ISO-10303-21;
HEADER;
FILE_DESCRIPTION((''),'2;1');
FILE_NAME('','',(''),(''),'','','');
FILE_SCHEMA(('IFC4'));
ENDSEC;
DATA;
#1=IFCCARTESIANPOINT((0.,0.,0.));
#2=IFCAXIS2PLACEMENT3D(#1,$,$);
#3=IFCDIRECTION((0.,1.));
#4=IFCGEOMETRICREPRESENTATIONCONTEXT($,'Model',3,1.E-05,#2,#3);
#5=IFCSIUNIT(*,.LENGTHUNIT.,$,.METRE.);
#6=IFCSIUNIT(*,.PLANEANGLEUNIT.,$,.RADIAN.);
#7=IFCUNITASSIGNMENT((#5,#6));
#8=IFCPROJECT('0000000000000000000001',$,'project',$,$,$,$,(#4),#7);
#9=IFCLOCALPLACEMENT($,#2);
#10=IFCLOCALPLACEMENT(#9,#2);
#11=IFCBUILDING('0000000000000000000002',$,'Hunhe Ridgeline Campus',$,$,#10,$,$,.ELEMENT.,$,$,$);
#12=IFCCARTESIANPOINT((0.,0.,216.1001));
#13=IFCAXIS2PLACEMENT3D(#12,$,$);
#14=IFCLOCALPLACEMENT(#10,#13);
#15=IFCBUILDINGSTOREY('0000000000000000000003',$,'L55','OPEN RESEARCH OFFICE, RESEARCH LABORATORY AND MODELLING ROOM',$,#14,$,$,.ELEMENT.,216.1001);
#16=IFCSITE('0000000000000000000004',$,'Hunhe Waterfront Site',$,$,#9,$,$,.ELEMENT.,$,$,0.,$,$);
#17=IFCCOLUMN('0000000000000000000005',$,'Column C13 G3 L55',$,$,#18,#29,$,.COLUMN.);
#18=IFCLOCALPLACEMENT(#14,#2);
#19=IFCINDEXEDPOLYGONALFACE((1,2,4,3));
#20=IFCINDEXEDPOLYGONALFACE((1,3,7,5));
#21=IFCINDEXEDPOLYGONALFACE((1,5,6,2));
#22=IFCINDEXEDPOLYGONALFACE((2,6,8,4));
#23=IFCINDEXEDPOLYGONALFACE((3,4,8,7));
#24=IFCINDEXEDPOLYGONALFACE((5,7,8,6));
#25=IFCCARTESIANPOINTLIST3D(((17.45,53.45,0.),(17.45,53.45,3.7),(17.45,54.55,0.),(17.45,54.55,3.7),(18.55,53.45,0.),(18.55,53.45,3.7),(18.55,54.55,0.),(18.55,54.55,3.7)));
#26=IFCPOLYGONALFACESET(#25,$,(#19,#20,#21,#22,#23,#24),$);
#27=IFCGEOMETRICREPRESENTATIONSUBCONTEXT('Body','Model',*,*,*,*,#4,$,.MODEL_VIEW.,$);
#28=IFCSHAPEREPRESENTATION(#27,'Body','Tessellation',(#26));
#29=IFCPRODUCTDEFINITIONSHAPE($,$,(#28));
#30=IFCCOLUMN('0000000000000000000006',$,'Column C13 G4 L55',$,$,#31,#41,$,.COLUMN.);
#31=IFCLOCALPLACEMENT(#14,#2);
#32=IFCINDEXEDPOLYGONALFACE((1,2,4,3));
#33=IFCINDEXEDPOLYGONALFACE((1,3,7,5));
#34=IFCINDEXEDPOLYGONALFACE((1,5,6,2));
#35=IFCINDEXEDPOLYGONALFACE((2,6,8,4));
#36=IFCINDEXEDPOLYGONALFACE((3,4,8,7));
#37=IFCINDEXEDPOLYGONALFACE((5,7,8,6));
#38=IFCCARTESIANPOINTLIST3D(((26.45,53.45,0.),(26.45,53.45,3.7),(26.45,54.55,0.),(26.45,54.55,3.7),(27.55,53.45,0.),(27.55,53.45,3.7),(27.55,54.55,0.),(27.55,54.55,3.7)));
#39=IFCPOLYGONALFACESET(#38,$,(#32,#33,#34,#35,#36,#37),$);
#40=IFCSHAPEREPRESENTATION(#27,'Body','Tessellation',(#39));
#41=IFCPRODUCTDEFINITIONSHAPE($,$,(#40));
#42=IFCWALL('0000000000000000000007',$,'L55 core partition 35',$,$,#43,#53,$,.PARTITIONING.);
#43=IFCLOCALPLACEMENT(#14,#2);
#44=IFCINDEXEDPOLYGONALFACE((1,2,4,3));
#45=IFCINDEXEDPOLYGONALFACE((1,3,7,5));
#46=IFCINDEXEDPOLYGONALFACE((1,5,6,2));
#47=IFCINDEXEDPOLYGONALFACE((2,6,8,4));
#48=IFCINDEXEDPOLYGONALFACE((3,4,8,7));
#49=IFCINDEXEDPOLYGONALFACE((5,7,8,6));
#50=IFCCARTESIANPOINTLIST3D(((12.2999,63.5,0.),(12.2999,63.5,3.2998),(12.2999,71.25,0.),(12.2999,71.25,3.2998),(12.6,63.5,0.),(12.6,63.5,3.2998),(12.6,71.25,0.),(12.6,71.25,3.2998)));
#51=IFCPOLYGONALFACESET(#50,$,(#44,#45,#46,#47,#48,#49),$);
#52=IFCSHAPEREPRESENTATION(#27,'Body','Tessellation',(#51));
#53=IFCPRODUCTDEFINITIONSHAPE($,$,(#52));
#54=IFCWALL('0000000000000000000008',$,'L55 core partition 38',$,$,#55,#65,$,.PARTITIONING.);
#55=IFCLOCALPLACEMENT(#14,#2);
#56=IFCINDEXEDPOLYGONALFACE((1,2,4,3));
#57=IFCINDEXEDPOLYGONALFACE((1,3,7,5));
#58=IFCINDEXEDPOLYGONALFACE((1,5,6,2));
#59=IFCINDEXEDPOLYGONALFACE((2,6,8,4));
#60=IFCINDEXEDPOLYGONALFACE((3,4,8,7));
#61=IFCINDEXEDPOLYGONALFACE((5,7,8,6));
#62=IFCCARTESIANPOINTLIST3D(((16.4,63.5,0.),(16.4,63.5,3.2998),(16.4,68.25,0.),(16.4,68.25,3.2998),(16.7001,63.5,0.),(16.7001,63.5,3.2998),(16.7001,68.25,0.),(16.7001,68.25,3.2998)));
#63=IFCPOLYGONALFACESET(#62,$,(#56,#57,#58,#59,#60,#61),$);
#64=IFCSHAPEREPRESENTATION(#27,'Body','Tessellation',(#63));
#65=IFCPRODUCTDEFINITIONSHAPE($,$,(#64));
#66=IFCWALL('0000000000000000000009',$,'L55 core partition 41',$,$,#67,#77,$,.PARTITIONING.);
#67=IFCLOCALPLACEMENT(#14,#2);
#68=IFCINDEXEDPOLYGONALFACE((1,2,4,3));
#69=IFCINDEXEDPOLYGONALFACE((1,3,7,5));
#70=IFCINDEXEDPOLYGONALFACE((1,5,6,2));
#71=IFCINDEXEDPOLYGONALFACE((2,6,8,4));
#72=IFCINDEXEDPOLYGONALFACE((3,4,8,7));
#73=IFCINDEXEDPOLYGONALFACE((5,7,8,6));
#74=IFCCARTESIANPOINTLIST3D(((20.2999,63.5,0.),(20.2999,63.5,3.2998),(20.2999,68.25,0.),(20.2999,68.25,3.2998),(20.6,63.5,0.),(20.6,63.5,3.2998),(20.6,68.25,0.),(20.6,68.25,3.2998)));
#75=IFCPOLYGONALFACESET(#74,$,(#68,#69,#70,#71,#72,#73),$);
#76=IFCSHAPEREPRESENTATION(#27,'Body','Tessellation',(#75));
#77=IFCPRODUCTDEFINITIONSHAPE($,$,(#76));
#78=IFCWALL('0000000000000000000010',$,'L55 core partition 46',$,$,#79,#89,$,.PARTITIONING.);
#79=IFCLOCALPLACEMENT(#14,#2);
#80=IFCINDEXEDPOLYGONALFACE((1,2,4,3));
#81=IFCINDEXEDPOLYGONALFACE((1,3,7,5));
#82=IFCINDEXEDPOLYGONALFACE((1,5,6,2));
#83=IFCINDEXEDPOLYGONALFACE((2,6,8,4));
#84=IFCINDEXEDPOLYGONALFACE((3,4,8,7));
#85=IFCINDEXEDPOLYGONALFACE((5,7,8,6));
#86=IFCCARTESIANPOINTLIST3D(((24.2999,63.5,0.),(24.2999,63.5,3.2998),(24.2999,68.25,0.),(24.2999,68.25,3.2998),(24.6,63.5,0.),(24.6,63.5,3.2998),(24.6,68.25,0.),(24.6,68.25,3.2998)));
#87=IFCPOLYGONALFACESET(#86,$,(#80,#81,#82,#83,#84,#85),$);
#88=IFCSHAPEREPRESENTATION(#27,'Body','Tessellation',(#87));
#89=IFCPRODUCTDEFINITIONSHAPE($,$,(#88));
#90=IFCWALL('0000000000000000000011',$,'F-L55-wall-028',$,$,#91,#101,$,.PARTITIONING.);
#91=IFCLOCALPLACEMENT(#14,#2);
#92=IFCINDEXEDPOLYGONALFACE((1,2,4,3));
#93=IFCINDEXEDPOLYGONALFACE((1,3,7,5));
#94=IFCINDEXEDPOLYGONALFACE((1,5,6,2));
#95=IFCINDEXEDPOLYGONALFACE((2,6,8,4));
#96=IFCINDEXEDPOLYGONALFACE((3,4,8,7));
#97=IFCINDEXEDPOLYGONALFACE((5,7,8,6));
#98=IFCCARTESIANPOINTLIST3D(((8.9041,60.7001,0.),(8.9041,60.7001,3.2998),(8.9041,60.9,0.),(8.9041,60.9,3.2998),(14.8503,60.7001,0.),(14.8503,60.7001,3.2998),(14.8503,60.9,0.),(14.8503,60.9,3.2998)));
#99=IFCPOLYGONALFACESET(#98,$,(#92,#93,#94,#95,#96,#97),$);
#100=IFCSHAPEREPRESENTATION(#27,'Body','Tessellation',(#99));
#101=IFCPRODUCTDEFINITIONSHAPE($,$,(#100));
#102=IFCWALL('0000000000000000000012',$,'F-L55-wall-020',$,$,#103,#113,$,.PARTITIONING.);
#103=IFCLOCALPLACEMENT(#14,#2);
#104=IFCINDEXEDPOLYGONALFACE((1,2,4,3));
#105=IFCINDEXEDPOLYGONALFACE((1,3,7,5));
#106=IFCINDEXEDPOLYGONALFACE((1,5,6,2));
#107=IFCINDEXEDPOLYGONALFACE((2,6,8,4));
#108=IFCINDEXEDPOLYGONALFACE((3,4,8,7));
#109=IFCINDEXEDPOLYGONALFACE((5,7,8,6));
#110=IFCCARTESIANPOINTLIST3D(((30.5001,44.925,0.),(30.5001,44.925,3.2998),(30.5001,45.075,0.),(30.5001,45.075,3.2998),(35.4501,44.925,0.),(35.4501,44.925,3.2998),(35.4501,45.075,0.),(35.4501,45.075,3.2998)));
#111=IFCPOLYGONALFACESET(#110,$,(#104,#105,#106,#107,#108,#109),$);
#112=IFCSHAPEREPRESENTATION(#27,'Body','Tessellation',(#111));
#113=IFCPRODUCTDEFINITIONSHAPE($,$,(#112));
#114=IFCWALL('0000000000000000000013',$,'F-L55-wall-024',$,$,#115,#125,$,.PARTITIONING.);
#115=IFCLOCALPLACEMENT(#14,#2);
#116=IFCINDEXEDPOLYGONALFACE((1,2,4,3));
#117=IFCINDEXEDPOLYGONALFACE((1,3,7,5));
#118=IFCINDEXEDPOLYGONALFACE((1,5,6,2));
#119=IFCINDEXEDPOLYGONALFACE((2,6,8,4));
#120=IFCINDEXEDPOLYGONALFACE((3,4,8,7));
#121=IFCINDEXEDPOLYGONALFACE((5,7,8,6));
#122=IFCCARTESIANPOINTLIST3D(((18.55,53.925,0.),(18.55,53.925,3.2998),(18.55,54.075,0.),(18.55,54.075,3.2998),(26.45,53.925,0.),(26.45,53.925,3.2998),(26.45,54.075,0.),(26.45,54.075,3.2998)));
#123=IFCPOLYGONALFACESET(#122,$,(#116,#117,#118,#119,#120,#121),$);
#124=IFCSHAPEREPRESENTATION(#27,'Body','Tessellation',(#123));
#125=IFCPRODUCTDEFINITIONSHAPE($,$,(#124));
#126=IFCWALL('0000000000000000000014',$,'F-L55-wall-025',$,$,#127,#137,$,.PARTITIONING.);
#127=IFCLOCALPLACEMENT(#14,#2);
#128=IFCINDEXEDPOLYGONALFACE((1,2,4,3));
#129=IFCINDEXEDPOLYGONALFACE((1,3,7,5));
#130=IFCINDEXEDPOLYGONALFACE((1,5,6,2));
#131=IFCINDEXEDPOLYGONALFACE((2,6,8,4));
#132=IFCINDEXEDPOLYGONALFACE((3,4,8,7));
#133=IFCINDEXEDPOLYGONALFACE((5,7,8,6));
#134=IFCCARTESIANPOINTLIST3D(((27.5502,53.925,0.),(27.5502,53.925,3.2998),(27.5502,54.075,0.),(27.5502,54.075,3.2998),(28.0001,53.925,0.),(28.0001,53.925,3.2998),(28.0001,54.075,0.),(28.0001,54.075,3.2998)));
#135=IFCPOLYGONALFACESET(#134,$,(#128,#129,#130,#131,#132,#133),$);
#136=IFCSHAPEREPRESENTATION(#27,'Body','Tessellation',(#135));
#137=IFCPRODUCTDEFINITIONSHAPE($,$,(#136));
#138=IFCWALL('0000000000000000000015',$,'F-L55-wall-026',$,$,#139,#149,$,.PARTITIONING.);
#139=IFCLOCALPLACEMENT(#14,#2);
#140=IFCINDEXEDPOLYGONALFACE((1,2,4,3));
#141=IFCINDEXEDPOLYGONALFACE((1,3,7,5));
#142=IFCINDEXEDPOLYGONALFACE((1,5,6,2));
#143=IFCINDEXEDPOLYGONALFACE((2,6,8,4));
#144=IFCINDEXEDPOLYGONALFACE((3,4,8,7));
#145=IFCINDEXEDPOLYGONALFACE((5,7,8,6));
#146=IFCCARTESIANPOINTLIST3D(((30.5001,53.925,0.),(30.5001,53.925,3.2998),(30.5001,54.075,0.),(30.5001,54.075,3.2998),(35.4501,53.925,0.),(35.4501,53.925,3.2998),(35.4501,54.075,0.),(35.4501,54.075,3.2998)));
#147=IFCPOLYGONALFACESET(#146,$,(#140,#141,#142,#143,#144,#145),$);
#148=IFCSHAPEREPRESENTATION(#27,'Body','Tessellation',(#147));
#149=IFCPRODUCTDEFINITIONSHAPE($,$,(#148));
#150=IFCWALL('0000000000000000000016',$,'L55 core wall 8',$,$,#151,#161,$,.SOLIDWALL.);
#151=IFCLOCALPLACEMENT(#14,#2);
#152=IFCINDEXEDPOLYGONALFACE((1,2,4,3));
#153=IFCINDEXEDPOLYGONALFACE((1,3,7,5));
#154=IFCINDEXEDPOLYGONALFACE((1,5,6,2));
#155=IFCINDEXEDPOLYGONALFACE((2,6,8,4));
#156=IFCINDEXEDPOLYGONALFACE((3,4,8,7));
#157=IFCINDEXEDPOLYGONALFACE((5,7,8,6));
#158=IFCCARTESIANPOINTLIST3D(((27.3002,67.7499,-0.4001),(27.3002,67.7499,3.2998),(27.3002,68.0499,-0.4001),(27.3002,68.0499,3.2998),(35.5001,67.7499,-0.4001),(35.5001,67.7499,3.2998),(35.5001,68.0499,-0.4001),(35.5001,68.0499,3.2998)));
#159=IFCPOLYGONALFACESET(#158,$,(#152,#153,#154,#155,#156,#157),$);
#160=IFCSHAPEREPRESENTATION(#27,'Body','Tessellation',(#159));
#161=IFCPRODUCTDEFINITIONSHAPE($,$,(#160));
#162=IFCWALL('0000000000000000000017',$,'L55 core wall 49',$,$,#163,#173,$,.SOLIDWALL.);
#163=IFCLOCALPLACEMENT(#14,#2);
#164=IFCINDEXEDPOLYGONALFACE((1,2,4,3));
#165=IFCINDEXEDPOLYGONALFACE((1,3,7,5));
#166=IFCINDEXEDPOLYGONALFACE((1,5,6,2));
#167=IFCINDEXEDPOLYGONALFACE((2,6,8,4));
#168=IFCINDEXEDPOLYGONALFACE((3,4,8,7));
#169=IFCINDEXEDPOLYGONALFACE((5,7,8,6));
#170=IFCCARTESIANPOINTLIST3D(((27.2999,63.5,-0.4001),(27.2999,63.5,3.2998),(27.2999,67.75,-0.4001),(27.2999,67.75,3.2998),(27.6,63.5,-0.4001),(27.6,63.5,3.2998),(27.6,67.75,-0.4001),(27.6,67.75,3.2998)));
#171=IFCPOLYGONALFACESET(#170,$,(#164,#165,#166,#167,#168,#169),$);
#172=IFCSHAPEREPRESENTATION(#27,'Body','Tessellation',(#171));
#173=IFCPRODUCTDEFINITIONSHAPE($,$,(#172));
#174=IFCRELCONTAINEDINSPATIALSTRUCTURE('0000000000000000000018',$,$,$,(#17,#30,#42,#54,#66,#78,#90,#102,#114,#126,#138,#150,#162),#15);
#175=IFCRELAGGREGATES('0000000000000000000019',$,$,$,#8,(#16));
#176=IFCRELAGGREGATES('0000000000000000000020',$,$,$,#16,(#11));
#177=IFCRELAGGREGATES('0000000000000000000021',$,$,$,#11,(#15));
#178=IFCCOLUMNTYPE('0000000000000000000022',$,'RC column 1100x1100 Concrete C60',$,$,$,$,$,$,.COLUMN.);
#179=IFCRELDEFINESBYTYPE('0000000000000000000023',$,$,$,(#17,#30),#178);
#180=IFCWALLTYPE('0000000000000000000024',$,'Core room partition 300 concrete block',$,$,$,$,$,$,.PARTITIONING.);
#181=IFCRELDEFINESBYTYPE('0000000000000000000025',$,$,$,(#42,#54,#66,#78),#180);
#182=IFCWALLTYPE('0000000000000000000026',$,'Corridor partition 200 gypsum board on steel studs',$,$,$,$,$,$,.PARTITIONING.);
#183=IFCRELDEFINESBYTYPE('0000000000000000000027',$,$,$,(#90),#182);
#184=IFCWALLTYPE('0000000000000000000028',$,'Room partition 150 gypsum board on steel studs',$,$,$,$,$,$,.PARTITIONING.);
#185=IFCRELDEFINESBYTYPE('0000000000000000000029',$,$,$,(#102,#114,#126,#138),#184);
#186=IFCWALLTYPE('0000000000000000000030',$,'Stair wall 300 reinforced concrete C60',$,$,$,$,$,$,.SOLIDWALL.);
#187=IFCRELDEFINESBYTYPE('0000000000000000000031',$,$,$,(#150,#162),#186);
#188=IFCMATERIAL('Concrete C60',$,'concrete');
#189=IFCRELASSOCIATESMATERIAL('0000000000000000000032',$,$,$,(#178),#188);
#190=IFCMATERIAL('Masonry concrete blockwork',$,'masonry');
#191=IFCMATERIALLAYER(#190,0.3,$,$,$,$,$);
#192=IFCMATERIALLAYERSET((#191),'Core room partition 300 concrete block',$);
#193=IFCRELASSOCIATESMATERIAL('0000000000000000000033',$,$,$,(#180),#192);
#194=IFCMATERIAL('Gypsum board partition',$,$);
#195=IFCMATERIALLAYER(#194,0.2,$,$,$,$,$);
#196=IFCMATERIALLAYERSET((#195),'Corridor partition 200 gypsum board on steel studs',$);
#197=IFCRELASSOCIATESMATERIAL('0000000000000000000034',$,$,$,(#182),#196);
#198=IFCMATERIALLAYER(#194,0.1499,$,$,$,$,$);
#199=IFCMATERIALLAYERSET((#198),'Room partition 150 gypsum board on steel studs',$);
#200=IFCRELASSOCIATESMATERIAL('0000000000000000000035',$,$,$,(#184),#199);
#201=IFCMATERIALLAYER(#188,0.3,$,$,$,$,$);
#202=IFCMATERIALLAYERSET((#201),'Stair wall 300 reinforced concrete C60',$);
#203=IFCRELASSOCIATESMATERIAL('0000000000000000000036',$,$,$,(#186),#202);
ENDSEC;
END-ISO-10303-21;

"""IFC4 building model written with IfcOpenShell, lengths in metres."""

from ifc_helpers import new_model, si_unit, direction, frame, frame_2d, origin, origin_2d, place, context, subcontext, project, spatial, rectangle, extrude, material, layer, layer_set, material_profile, profile_set, type_object, element, save


model = new_model("IFC4")

# Units and contexts
model_context = context("Model", 3, precision=1e-05, world=origin(), true_north=direction((0.0, 1.0)))
body_context = subcontext(model_context, "Body", "Model", "MODEL_VIEW")
ifc_project = project(units=[si_unit("LENGTHUNIT", "METRE"), si_unit("PLANEANGLEUNIT", "RADIAN")], contexts=[model_context])

# Site, building, storey
site_placement = place(None, origin())
site = spatial("IfcSite", under=ifc_project, at=site_placement, Name="Hunhe Waterfront Site", CompositionType="ELEMENT", RefElevation=0.0)
building_placement = place(site_placement, origin())
building = spatial("IfcBuilding", under=site, at=building_placement, Name="Hunhe Ridgeline Campus", CompositionType="ELEMENT")
storey_placement = place(building_placement, frame((0.0, 0.0, 216.1001)))
storey = spatial("IfcBuildingStorey", under=building, at=storey_placement, Name="L55", Description="OPEN RESEARCH OFFICE, RESEARCH LABORATORY AND MODELLING ROOM", CompositionType="ELEMENT", Elevation=216.1001)

# Columns
ifc_material_1 = material(Name="Concrete C60", Category="concrete")
ifc_material_profile = material_profile(ifc_material_1, rectangle(XDim=1.1001, YDim=1.1001, at=origin_2d()))
ifc_profile_set = profile_set([ifc_material_profile], Name="Concrete C60")
column_type = type_object("IfcColumnType", Name="RC column 1100x1100 Concrete C60", PredefinedType="COLUMN", material=ifc_profile_set)
for number, where, z_axis, x_axis, name in (
    (1, (18.0, 54.0, 0.0), (0.0, 0.0, 1.0), (1.0, 0.0, 0.0), "Column C13 G3 L55"),
    (2, (27.0, 54.0, 0.0), (0.0, 0.0, 1.0), (1.0, 0.0, 0.0), "Column C13 G4 L55"),
):
    element("IfcColumn", number, at=place(storey_placement, frame(where, z_axis=z_axis, x_axis=x_axis)), inside=storey, type_object=column_type, Name=name, PredefinedType="COLUMN", context=body_context, shape_type="SweptSolid", body=[
        extrude(rectangle(XDim=1.1001, YDim=1.1001, at=origin_2d()), origin(), (0.0, 0.0, 1.0), 3.7),
    ])

# Walls
ifc_material_2 = material(Name="Masonry concrete blockwork", Category="masonry")
ifc_layer_1 = layer(ifc_material_2, 0.3)
ifc_layer_set_1 = layer_set([ifc_layer_1], Name="Core room partition 300 concrete block")
wall_type_1 = type_object("IfcWallType", Name="Core room partition 300 concrete block", PredefinedType="PARTITIONING", material=ifc_layer_set_1)
wall_1_placement = place(storey_placement, frame((12.45, 63.5, 0.0), z_axis=(0.0, 0.0, 1.0), x_axis=(0.0, 1.0, 0.0)))
element("IfcWall", 3, at=wall_1_placement, inside=storey, type_object=wall_type_1, Name="L55 core partition 35", PredefinedType="PARTITIONING", context=body_context, shape_type="SweptSolid", body=[
    extrude(rectangle(XDim=7.75, YDim=0.3, at=frame_2d((3.875, 0.0))), origin(), (0.0, 0.0, 1.0), 3.2998),
])
for number, where, z_axis, x_axis, name in (
    (4, (16.55, 63.5, 0.0), (0.0, 0.0, 1.0), (0.0, 1.0, 0.0), "L55 core partition 38"),
    (5, (20.45, 63.5, 0.0), (0.0, 0.0, 1.0), (0.0, 1.0, 0.0), "L55 core partition 41"),
    (6, (24.45, 63.5, 0.0), (0.0, 0.0, 1.0), (0.0, 1.0, 0.0), "L55 core partition 46"),
):
    element("IfcWall", number, at=place(storey_placement, frame(where, z_axis=z_axis, x_axis=x_axis)), inside=storey, type_object=wall_type_1, Name=name, PredefinedType="PARTITIONING", context=body_context, shape_type="SweptSolid", body=[
        extrude(rectangle(XDim=4.75, YDim=0.3, at=frame_2d((2.375, 0.0))), origin(), (0.0, 0.0, 1.0), 3.2998),
    ])
ifc_material_3 = material(Name="Gypsum board partition")
ifc_layer_2 = layer(ifc_material_3, 0.2)
ifc_layer_set_2 = layer_set([ifc_layer_2], Name="Corridor partition 200 gypsum board on steel studs")
wall_type_2 = type_object("IfcWallType", Name="Corridor partition 200 gypsum board on steel studs", PredefinedType="PARTITIONING", material=ifc_layer_set_2)
wall_2_placement = place(storey_placement, frame((14.8503, 60.8, 0.0), z_axis=(0.0, 0.0, 1.0), x_axis=(-1.0, 0.0, 0.0)))
element("IfcWall", 7, at=wall_2_placement, inside=storey, type_object=wall_type_2, Name="F-L55-wall-028", PredefinedType="PARTITIONING", context=body_context, shape_type="SweptSolid", body=[
    extrude(rectangle(XDim=5.9463, YDim=0.2, at=frame_2d((2.9731, 0.0))), origin(), (0.0, 0.0, 1.0), 3.2998),
])

# Walls
ifc_layer_3 = layer(ifc_material_3, 0.1499)
ifc_layer_set_3 = layer_set([ifc_layer_3], Name="Room partition 150 gypsum board on steel studs")
wall_type_3 = type_object("IfcWallType", Name="Room partition 150 gypsum board on steel studs", PredefinedType="PARTITIONING", material=ifc_layer_set_3)
wall_3_placement = place(storey_placement, frame((30.5, 45.0, 0.0), z_axis=(0.0, 0.0, 1.0), x_axis=(1.0, 0.0, 0.0)))
element("IfcWall", 8, at=wall_3_placement, inside=storey, type_object=wall_type_3, Name="F-L55-wall-020", PredefinedType="PARTITIONING", context=body_context, shape_type="SweptSolid", body=[
    extrude(rectangle(XDim=4.95, YDim=0.1499, at=frame_2d((2.4751, 0.0))), origin(), (0.0, 0.0, 1.0), 3.2998),
])
wall_4_placement = place(storey_placement, frame((18.55, 54.0, 0.0), z_axis=(0.0, 0.0, 1.0), x_axis=(1.0, 0.0, 0.0)))
element("IfcWall", 9, at=wall_4_placement, inside=storey, type_object=wall_type_3, Name="F-L55-wall-024", PredefinedType="PARTITIONING", context=body_context, shape_type="SweptSolid", body=[
    extrude(rectangle(XDim=7.8999, YDim=0.1499, at=frame_2d((3.95, 0.0))), origin(), (0.0, 0.0, 1.0), 3.2998),
])
wall_5_placement = place(storey_placement, frame((27.55, 54.0, 0.0), z_axis=(0.0, 0.0, 1.0), x_axis=(1.0, 0.0, 0.0)))
element("IfcWall", 10, at=wall_5_placement, inside=storey, type_object=wall_type_3, Name="F-L55-wall-025", PredefinedType="PARTITIONING", context=body_context, shape_type="SweptSolid", body=[
    extrude(rectangle(XDim=0.45, YDim=0.1499, at=frame_2d((0.2251, 0.0))), origin(), (0.0, 0.0, 1.0), 3.2998),
])
wall_6_placement = place(storey_placement, frame((30.5, 54.0, 0.0), z_axis=(0.0, 0.0, 1.0), x_axis=(1.0, 0.0, 0.0)))
element("IfcWall", 11, at=wall_6_placement, inside=storey, type_object=wall_type_3, Name="F-L55-wall-026", PredefinedType="PARTITIONING", context=body_context, shape_type="SweptSolid", body=[
    extrude(rectangle(XDim=4.95, YDim=0.1499, at=frame_2d((2.4751, 0.0))), origin(), (0.0, 0.0, 1.0), 3.2998),
])
ifc_layer_4 = layer(ifc_material_1, 0.3)
ifc_layer_set_4 = layer_set([ifc_layer_4], Name="Stair wall 300 reinforced concrete C60")
wall_type_4 = type_object("IfcWallType", Name="Stair wall 300 reinforced concrete C60", PredefinedType="SOLIDWALL", material=ifc_layer_set_4)
wall_7_placement = place(storey_placement, frame((27.3, 67.8999, -0.4001), z_axis=(0.0, 0.0, 1.0), x_axis=(1.0, 0.0, 0.0)))
element("IfcWall", 12, at=wall_7_placement, inside=storey, type_object=wall_type_4, Name="L55 core wall 8", PredefinedType="SOLIDWALL", context=body_context, shape_type="SweptSolid", body=[
    extrude(rectangle(XDim=8.2, YDim=0.3, at=frame_2d((4.1001, 0.0))), origin(), (0.0, 0.0, 1.0), 3.7),
])
wall_8_placement = place(storey_placement, frame((27.45, 63.5, -0.4001), z_axis=(0.0, 0.0, 1.0), x_axis=(0.0, 1.0, 0.0)))
element("IfcWall", 13, at=wall_8_placement, inside=storey, type_object=wall_type_4, Name="L55 core wall 49", PredefinedType="SOLIDWALL", context=body_context, shape_type="SweptSolid", body=[
    extrude(rectangle(XDim=4.25, YDim=0.3, at=frame_2d((2.125, 0.0))), origin(), (0.0, 0.0, 1.0), 3.7),
])

save(model, "model.ifc")
